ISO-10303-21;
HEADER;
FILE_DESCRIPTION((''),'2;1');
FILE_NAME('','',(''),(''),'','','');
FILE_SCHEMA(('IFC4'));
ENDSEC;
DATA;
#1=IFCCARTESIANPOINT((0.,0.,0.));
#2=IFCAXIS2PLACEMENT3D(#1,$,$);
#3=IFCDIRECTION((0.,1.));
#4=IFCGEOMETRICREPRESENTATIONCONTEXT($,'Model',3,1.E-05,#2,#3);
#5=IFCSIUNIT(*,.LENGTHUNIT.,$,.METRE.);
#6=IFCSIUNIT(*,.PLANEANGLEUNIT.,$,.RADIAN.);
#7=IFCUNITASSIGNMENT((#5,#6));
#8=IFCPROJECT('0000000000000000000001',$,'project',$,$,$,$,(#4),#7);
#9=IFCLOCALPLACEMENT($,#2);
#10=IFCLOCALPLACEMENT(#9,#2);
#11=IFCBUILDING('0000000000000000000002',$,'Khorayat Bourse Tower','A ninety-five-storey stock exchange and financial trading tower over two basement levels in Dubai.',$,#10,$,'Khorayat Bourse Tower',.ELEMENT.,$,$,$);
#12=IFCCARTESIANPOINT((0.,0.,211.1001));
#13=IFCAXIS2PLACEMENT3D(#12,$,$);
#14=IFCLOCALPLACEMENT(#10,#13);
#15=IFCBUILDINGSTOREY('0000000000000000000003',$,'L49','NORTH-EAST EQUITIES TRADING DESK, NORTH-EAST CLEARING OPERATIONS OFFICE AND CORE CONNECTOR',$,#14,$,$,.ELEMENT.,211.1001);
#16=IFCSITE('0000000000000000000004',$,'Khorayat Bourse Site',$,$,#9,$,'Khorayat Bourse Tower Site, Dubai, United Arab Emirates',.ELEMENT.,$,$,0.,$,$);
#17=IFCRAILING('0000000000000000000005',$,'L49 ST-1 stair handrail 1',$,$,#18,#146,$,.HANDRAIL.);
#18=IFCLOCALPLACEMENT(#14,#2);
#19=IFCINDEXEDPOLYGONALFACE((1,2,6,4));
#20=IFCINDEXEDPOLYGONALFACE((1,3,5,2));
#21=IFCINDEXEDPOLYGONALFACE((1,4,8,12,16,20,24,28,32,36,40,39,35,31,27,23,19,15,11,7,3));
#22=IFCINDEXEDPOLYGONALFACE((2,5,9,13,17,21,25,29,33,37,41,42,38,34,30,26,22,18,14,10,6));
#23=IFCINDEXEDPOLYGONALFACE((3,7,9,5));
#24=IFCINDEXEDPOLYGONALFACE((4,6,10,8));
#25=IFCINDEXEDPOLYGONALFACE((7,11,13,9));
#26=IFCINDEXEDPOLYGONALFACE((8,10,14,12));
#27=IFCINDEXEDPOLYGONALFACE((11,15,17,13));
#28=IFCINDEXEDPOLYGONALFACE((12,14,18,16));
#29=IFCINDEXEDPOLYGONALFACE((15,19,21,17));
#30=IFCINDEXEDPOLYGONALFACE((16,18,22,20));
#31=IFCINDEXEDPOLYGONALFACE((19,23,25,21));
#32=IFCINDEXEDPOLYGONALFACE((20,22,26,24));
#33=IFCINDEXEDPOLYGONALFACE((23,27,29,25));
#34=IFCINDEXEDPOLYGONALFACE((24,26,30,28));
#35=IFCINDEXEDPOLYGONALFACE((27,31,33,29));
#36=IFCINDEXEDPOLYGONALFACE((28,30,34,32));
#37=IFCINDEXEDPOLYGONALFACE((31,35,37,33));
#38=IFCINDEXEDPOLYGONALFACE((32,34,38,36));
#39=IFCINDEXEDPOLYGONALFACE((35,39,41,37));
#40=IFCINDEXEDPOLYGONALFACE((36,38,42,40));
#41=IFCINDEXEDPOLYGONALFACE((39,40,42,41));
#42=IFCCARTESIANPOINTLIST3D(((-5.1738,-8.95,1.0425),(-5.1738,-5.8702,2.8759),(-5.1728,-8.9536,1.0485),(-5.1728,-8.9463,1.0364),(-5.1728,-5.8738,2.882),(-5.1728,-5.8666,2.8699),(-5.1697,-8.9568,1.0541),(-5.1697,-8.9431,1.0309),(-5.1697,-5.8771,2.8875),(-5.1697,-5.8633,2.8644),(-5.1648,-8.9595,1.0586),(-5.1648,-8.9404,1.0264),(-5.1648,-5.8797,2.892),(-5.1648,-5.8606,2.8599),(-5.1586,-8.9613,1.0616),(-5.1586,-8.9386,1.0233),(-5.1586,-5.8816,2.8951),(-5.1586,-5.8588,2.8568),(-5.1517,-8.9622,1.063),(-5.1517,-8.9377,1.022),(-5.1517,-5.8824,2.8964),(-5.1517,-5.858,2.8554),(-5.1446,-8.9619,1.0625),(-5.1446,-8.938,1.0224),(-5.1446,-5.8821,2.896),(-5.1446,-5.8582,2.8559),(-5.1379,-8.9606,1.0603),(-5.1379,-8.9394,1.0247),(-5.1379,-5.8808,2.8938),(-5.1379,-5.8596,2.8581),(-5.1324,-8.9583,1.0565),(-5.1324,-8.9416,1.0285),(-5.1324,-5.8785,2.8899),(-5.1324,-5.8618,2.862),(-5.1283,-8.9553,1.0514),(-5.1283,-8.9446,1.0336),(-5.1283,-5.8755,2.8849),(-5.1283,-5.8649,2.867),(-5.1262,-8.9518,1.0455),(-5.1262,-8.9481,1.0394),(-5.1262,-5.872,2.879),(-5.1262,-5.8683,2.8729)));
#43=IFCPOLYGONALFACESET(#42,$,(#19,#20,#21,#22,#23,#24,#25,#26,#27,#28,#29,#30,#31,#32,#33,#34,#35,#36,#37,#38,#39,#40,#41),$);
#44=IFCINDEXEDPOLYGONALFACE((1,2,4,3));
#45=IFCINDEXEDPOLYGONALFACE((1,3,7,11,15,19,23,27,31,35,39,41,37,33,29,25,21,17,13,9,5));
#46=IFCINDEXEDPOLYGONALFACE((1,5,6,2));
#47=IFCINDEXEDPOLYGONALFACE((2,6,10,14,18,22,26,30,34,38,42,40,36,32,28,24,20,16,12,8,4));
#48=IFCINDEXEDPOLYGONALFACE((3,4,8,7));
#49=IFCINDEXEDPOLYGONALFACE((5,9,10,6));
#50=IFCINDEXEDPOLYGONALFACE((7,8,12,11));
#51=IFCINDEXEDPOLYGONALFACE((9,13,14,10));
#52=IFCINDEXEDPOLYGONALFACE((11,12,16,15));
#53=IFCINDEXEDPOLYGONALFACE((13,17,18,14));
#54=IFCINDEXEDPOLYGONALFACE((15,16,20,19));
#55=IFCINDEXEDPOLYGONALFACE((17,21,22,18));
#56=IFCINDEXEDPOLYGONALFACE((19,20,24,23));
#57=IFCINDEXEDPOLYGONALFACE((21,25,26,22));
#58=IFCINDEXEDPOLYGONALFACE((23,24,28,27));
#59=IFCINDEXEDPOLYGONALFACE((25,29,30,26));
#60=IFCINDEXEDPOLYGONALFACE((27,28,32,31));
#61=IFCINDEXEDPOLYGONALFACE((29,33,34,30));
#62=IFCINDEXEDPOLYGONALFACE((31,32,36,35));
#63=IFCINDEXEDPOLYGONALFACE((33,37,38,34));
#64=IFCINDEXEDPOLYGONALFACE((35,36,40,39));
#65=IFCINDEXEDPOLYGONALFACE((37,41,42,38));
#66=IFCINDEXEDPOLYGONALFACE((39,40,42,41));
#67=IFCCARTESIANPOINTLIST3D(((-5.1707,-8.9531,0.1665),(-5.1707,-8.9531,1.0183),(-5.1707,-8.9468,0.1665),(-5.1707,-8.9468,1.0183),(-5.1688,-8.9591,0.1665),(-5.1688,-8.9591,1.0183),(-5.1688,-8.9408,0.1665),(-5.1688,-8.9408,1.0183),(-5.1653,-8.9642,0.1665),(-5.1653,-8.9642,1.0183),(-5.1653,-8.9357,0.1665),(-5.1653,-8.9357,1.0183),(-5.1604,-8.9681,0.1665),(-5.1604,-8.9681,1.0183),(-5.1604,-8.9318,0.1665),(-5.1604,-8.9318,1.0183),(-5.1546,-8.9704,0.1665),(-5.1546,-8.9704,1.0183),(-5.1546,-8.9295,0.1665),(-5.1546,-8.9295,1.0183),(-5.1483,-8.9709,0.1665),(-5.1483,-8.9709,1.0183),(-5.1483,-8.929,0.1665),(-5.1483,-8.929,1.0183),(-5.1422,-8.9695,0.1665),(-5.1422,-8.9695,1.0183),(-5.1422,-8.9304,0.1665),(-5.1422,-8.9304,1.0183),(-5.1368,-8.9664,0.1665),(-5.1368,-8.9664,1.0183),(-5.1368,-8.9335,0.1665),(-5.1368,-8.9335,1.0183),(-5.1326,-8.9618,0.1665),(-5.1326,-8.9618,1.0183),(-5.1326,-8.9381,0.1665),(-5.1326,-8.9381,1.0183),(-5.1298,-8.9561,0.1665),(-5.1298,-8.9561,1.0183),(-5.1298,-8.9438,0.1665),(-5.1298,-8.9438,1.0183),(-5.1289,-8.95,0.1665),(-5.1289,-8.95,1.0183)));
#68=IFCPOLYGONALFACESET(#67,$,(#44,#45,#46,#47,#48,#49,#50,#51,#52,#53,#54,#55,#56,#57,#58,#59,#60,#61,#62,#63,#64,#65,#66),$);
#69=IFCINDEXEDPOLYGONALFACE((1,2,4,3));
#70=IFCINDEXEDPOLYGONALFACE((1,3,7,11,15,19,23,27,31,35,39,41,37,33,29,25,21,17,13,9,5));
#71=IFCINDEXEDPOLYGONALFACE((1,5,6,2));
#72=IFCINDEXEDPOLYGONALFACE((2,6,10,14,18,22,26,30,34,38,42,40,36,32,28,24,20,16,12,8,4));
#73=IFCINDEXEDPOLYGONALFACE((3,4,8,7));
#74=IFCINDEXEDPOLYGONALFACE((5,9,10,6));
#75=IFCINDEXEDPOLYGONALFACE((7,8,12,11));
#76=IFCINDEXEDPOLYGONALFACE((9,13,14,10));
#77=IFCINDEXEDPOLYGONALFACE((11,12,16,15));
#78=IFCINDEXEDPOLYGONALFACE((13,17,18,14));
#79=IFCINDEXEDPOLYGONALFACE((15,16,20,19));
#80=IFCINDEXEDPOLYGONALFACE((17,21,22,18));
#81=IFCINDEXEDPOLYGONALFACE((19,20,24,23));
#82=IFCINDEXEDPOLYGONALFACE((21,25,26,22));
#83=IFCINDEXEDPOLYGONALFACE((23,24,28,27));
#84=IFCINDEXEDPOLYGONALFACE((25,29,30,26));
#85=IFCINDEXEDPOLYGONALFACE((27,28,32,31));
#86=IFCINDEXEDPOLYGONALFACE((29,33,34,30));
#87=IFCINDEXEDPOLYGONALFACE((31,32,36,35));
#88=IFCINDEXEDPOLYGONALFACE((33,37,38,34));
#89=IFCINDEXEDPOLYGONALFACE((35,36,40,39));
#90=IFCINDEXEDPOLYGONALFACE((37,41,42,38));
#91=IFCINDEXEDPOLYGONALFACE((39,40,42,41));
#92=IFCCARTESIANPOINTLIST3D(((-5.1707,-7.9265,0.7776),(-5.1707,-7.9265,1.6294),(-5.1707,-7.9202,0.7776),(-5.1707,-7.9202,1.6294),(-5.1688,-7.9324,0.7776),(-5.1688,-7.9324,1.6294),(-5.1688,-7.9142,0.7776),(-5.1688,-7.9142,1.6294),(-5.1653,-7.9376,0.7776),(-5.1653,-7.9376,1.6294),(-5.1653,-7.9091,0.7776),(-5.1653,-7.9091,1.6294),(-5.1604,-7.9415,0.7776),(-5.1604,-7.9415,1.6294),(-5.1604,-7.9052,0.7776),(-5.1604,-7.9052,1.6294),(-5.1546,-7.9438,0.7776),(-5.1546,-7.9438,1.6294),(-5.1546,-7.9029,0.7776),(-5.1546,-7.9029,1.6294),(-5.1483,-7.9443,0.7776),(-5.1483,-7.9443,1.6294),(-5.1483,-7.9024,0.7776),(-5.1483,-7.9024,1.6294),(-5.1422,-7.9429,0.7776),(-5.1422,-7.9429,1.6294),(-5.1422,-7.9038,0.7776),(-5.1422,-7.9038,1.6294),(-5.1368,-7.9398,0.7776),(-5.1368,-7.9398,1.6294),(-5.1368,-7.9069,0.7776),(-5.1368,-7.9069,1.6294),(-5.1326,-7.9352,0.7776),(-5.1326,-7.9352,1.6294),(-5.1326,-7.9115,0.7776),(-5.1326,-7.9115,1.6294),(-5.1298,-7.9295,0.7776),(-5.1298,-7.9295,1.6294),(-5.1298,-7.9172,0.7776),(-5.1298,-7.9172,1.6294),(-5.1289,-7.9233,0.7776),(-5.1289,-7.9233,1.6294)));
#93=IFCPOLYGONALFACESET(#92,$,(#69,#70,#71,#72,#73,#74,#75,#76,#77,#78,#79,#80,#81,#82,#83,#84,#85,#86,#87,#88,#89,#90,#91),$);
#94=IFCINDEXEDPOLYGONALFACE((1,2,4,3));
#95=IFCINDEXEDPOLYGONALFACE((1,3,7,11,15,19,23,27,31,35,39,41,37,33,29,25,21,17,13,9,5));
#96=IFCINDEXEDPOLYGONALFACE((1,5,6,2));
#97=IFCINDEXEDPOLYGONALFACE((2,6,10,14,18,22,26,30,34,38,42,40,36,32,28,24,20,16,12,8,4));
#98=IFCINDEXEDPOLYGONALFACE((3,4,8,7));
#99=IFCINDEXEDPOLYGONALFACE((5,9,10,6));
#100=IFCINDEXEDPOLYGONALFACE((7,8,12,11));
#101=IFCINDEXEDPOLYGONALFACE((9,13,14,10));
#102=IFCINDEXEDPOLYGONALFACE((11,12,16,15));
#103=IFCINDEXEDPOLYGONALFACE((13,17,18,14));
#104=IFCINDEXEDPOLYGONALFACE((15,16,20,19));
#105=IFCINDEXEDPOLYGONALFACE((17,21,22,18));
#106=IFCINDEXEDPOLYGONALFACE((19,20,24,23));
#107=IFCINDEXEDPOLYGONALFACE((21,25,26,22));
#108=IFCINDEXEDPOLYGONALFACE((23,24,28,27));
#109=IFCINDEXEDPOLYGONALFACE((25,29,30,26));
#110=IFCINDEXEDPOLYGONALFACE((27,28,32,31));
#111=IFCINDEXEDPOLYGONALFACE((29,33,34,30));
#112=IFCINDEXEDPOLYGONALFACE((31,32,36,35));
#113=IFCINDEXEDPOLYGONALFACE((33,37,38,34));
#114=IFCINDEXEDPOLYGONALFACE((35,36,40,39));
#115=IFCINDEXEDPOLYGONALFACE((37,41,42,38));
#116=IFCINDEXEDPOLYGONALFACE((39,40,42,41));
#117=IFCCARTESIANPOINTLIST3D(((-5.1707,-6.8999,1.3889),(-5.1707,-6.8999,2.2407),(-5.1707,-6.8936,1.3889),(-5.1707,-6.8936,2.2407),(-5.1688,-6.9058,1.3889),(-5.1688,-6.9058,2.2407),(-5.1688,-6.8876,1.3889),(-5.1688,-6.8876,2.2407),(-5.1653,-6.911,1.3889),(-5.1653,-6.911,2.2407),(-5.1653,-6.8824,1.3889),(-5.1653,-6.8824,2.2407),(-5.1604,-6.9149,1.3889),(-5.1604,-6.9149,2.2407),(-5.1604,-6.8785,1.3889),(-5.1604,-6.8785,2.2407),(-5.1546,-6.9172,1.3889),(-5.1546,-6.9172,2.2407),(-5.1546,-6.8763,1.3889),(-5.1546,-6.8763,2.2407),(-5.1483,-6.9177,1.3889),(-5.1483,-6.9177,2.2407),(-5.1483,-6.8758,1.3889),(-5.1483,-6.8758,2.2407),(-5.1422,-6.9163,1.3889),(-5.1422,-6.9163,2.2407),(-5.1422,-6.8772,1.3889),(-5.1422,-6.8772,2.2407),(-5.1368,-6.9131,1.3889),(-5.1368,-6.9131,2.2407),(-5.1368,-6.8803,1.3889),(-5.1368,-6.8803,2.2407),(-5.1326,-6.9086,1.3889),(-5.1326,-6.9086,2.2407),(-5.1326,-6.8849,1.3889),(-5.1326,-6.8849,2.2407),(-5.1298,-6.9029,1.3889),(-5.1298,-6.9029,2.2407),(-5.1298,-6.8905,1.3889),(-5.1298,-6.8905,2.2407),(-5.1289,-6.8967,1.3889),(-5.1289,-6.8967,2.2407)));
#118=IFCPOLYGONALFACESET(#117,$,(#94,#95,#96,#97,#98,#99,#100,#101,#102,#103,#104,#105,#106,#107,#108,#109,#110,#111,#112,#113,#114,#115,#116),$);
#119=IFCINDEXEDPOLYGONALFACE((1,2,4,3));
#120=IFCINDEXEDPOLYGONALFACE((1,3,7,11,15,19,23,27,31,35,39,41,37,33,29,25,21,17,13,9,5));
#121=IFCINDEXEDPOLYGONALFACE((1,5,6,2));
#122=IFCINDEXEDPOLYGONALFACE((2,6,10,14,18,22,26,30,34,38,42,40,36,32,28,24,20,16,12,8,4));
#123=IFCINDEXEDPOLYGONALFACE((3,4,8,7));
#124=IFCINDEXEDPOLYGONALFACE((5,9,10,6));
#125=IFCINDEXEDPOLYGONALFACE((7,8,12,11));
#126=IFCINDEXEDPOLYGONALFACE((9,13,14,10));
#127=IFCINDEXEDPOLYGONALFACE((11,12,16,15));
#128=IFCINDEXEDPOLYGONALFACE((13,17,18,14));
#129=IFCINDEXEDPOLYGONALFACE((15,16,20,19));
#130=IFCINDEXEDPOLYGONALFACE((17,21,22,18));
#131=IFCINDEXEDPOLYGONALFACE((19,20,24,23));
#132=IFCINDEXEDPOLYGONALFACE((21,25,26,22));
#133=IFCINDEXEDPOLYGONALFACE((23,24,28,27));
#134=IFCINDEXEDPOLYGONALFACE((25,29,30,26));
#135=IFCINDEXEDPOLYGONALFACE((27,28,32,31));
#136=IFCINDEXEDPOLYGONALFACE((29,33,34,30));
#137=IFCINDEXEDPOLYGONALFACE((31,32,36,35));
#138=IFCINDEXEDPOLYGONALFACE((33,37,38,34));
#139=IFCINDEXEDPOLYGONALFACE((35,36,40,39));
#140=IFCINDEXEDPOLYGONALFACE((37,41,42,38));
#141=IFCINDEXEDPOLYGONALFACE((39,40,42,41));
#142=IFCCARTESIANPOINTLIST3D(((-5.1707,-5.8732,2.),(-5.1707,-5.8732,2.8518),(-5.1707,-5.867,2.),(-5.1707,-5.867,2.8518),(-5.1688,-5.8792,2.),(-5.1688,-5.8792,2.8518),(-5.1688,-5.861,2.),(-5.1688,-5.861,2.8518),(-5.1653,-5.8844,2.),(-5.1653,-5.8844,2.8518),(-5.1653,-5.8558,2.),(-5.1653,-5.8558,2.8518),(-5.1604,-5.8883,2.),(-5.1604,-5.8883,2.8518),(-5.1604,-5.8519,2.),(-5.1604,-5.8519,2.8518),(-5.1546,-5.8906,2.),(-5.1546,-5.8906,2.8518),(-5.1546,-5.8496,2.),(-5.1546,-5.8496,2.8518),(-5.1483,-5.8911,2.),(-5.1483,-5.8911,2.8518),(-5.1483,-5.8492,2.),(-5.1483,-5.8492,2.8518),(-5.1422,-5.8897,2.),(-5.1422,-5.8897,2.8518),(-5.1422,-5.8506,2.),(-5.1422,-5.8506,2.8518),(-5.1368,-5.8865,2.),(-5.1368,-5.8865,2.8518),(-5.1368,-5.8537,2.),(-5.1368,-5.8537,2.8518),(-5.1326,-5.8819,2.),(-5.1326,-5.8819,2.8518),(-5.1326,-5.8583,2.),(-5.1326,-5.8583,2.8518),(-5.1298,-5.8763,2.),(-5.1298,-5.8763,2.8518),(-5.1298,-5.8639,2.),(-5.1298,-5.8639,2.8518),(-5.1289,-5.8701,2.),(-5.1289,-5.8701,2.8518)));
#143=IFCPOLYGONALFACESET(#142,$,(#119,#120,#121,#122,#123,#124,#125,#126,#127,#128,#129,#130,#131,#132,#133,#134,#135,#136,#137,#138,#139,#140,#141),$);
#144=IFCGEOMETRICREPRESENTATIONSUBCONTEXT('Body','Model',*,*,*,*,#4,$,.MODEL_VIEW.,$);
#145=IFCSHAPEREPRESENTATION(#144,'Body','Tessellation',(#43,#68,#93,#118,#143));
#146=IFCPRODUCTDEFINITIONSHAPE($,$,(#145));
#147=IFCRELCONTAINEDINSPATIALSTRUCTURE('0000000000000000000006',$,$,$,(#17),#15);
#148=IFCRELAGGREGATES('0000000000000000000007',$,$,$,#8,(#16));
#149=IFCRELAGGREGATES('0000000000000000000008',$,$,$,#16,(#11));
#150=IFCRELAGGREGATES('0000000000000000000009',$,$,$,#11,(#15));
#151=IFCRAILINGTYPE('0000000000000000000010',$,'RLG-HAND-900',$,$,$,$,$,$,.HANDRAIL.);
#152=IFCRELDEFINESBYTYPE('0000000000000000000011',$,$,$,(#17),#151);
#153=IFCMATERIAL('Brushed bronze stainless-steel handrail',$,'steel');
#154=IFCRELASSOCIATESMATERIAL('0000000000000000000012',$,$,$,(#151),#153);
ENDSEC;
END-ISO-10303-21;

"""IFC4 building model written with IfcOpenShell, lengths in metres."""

from ifc_helpers import new_model, si_unit, direction, frame, origin, origin_2d, place, context, subcontext, project, spatial, circle, extrude, source, transform, mapped, material, type_object, element, save


model = new_model("IFC4")

# Units and contexts
model_context = context("Model", 3, precision=1e-05, world=origin(), true_north=direction((0.0, 1.0)))
body_context = subcontext(model_context, "Body", "Model", "MODEL_VIEW")
ifc_project = project(units=[si_unit("LENGTHUNIT", "METRE"), si_unit("PLANEANGLEUNIT", "RADIAN")], contexts=[model_context])

# Site, building, storey
site_placement = place(None, origin())
site = spatial("IfcSite", under=ifc_project, at=site_placement, Name="Khorayat Bourse Site", LongName="Khorayat Bourse Tower Site, Dubai, United Arab Emirates", CompositionType="ELEMENT", RefElevation=0.0)
building_placement = place(site_placement, origin())
building = spatial("IfcBuilding", under=site, at=building_placement, Name="Khorayat Bourse Tower", Description="A ninety-five-storey stock exchange and financial trading tower over two basement levels in Dubai.", LongName="Khorayat Bourse Tower", CompositionType="ELEMENT")
storey_placement = place(building_placement, frame((0.0, 0.0, 211.1001)))
storey = spatial("IfcBuildingStorey", under=building, at=storey_placement, Name="L49", Description="NORTH-EAST EQUITIES TRADING DESK, NORTH-EAST CLEARING OPERATIONS OFFICE AND CORE CONNECTOR", CompositionType="ELEMENT", Elevation=211.1001)

# Railing
ifc_material_1 = material(Name="Brushed bronze stainless-steel handrail", Category="steel")
railing_type_1 = type_object("IfcRailingType", Name="RLG-HAND-900", PredefinedType="HANDRAIL", material=ifc_material_1)
shared_shape_1 = source(origin(), body_context, "Body", "SweptSolid", [
    extrude(circle(Radius=0.0239, at=origin_2d()), frame((0.0, 0.0, 0.876), z_axis=(0.0, 0.859261, 0.511538), x_axis=(-1.0, 0.0, 0.0)), (0.0, 0.0, 1.0), 3.5842),
    extrude(circle(Radius=0.021, at=origin_2d()), origin(), (0.0, 0.0, 1.0), 0.8518),
    extrude(circle(Radius=0.021, at=origin_2d()), frame((0.0, 1.0266, 0.6111)), (0.0, 0.0, 1.0), 0.8518),
    extrude(circle(Radius=0.021, at=origin_2d()), frame((0.0, 2.0532, 1.2224)), (0.0, 0.0, 1.0), 0.8518),
    extrude(circle(Radius=0.021, at=origin_2d()), frame((0.0, 3.0798, 1.8335)), (0.0, 0.0, 1.0), 0.8518),
])
railing_1_placement = place(storey_placement, frame((-5.1499, -8.95, 0.1665)))
element("IfcRailing", 1, at=railing_1_placement, inside=storey, type_object=railing_type_1, Name="L49 ST-1 stair handrail 1", PredefinedType="HANDRAIL", context=body_context, shape_type="MappedRepresentation", body=[
    mapped(shared_shape_1, transform((0.0, 0.0, 0.0), scale=1.0)),
])

save(model, "model.ifc")
